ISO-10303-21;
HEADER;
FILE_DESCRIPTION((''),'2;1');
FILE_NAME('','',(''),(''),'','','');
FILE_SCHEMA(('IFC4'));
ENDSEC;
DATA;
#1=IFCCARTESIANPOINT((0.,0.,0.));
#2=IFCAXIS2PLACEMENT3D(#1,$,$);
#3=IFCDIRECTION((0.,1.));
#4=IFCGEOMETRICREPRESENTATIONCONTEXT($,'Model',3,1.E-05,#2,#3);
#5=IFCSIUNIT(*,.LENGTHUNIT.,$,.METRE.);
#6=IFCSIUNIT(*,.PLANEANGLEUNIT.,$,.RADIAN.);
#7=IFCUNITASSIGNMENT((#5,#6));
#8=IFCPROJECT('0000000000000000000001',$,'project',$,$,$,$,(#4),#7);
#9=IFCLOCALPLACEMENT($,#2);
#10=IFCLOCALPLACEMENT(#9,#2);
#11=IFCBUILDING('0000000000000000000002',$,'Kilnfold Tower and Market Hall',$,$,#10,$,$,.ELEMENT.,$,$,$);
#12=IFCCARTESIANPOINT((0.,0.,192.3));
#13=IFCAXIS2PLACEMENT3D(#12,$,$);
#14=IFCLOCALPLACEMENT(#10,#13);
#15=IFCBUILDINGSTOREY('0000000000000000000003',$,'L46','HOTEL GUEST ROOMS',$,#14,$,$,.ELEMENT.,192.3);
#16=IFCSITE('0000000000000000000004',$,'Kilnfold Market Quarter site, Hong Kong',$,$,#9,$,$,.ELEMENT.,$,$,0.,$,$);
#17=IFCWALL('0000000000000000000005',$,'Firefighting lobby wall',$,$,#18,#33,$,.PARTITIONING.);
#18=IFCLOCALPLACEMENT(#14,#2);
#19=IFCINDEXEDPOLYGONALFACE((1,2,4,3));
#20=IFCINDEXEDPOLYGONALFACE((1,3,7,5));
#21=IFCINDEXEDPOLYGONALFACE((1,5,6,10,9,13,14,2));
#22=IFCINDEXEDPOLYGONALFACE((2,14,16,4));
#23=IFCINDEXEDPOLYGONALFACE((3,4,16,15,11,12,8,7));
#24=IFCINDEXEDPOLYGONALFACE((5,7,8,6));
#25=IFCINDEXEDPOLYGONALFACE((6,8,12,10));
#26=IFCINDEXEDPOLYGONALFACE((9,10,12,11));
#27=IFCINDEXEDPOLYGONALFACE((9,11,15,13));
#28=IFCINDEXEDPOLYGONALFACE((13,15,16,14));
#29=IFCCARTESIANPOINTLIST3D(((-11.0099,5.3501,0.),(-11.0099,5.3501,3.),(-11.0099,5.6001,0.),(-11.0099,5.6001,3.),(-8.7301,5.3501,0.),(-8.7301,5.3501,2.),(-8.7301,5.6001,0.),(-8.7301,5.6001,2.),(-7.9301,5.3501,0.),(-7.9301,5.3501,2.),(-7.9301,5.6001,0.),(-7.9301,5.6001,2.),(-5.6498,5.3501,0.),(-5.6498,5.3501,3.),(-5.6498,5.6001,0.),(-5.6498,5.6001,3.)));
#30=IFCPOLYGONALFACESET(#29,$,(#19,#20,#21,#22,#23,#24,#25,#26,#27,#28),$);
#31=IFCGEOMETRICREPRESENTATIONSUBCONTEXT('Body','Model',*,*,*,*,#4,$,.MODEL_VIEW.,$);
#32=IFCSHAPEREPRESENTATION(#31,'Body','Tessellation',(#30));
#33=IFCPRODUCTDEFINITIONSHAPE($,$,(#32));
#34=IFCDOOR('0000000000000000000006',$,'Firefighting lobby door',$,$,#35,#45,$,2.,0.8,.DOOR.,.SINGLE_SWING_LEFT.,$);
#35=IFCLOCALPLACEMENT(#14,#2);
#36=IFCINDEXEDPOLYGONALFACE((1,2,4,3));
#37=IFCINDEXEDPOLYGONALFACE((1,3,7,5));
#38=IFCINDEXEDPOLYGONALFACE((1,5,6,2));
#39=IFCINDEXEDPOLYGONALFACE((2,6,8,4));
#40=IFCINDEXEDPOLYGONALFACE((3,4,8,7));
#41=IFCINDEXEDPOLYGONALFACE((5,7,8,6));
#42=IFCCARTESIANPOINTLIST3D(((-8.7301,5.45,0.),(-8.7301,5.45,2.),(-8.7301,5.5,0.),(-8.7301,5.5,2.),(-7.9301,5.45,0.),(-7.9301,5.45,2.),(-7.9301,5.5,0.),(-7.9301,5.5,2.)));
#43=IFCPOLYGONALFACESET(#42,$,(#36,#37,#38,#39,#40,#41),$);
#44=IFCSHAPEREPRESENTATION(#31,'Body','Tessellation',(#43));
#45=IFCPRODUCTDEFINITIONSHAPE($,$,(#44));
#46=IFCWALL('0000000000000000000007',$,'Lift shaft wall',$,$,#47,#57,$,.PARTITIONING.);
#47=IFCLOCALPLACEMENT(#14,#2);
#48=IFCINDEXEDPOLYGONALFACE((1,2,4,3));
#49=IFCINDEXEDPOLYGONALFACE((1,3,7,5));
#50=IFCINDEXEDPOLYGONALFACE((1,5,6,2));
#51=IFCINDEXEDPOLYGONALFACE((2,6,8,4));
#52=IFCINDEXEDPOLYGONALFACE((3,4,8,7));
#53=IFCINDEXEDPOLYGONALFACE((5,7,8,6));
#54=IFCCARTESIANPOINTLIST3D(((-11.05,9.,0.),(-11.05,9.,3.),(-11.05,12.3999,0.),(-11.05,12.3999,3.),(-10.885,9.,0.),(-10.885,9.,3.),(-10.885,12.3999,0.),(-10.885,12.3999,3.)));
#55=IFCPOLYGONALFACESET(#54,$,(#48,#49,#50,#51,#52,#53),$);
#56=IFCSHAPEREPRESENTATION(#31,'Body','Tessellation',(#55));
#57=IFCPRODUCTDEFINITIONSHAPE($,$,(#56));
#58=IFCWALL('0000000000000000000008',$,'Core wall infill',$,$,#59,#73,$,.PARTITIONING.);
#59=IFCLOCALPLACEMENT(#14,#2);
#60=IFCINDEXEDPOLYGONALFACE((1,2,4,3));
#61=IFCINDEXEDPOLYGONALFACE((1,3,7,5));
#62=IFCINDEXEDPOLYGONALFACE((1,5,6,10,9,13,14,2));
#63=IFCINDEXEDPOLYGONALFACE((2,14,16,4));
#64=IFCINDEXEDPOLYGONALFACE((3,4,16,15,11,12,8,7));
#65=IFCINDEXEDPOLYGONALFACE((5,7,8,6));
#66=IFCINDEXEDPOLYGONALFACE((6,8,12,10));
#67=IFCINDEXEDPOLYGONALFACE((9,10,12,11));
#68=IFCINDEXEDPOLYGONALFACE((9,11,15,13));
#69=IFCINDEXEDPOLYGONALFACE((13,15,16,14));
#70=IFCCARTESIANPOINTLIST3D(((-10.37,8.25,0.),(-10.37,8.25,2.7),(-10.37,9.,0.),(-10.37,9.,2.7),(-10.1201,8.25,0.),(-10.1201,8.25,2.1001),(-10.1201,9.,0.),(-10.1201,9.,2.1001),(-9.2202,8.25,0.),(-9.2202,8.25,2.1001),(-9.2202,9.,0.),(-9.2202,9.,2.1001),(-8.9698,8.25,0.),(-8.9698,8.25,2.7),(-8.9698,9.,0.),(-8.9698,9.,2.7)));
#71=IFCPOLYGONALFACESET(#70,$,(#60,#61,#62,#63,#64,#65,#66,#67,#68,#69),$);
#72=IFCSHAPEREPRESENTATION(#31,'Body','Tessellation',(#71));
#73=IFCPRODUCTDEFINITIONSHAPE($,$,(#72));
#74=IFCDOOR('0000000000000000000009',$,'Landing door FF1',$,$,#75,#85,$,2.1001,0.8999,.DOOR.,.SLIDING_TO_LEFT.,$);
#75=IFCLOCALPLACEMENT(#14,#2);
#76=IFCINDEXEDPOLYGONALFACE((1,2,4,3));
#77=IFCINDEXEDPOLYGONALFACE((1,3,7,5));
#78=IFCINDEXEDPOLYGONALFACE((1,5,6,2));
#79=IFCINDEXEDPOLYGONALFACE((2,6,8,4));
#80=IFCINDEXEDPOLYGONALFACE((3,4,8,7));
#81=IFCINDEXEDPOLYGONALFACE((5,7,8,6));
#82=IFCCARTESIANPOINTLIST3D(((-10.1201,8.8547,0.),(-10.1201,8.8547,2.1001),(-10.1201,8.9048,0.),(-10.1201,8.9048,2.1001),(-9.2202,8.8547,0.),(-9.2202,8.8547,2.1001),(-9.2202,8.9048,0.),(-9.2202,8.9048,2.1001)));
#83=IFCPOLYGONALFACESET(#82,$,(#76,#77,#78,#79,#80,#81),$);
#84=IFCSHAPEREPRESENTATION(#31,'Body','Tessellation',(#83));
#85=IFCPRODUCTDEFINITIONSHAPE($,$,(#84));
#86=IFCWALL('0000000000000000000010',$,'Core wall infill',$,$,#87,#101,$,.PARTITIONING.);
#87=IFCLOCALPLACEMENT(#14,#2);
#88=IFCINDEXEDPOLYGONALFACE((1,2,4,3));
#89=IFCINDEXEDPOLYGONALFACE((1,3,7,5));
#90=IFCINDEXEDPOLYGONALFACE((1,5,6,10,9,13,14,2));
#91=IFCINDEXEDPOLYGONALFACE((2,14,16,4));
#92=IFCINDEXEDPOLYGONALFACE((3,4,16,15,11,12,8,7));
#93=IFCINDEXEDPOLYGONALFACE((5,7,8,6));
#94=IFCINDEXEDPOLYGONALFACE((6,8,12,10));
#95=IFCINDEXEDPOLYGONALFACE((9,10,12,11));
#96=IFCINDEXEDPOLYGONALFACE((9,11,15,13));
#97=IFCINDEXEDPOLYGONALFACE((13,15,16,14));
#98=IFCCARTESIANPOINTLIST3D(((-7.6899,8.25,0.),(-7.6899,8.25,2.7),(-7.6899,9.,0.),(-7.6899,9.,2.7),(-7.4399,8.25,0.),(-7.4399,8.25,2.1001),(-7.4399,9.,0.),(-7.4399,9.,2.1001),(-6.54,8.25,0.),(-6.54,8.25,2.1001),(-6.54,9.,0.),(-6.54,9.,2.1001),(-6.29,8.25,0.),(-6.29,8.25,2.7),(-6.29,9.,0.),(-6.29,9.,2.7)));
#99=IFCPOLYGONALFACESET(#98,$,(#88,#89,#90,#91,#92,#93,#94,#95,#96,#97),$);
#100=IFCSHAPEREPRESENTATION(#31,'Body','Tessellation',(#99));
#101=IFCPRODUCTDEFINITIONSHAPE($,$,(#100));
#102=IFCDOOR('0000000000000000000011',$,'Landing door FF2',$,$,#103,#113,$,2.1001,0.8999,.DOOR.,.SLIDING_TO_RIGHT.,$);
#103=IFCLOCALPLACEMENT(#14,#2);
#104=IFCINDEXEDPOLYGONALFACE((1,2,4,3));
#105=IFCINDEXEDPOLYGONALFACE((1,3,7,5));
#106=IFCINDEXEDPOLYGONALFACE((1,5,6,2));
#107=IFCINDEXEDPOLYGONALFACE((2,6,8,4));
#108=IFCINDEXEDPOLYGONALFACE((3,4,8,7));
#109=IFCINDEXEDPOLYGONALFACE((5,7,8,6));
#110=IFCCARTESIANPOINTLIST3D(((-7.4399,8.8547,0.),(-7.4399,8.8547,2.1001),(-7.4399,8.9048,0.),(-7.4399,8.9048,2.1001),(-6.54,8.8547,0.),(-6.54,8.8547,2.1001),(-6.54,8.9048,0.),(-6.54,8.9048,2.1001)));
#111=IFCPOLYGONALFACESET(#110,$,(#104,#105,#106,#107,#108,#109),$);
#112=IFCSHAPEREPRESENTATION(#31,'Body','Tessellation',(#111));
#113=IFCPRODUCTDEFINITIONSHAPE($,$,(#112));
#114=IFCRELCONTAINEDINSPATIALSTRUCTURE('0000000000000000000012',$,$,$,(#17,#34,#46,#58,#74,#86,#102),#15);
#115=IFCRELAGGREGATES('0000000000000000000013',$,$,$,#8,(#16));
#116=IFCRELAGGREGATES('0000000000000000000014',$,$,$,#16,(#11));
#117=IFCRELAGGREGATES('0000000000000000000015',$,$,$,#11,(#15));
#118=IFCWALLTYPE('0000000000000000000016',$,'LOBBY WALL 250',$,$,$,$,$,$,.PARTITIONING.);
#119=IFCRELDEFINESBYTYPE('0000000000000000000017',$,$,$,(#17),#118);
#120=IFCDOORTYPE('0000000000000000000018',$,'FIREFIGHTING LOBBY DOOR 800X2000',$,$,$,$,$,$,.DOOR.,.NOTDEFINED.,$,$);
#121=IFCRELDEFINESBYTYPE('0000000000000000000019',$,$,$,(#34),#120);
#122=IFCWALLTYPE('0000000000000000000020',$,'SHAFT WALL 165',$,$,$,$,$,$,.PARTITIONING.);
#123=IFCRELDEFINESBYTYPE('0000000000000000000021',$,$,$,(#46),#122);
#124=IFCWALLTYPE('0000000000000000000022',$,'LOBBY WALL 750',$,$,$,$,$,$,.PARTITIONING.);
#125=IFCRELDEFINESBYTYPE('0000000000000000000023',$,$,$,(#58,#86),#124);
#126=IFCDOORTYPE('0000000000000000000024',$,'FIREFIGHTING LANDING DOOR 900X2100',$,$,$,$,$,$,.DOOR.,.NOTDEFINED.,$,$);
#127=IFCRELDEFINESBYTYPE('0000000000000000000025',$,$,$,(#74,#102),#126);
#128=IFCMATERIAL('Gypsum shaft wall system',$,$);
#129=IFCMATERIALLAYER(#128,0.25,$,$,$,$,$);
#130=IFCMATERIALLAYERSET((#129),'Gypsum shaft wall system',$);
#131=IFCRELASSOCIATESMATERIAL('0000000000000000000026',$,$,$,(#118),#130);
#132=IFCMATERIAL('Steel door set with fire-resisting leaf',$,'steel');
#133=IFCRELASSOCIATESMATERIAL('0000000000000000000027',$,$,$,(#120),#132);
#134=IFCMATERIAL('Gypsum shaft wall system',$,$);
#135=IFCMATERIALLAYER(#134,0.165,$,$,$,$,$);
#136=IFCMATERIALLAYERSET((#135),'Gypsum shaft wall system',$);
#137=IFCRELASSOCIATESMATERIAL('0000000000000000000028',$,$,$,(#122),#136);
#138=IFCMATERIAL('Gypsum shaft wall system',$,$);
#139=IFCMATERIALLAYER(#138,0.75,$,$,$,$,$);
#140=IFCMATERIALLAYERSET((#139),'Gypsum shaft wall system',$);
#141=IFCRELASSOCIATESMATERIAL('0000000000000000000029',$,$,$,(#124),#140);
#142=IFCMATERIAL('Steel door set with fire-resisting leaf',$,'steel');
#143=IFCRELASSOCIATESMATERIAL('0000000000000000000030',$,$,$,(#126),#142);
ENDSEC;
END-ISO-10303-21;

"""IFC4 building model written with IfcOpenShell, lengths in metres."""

from ifc_helpers import new_model, si_unit, direction, frame, frame_2d, origin, place, context, subcontext, project, spatial, rectangle, extrude, source, transform, mapped, material, layer, layer_set, type_object, element, fill, save


model = new_model("IFC4")

# Units and contexts
model_context = context("Model", 3, precision=1e-05, world=origin(), true_north=direction((0.0, 1.0)))
body_context = subcontext(model_context, "Body", "Model", "MODEL_VIEW")
ifc_project = project(units=[si_unit("LENGTHUNIT", "METRE"), si_unit("PLANEANGLEUNIT", "RADIAN")], contexts=[model_context])

# Site, building, storey
site_placement = place(None, origin())
site = spatial("IfcSite", under=ifc_project, at=site_placement, Name="Kilnfold Market Quarter site, Hong Kong", CompositionType="ELEMENT", RefElevation=0.0)
building_placement = place(site_placement, origin())
building = spatial("IfcBuilding", under=site, at=building_placement, Name="Kilnfold Tower and Market Hall", CompositionType="ELEMENT")
storey_placement = place(building_placement, frame((0.0, 0.0, 192.3)))
storey = spatial("IfcBuildingStorey", under=building, at=storey_placement, Name="L46", Description="HOTEL GUEST ROOMS", CompositionType="ELEMENT", Elevation=192.3)

# Shared definitions
ifc_material_1 = material(Name="Gypsum shaft wall system")
ifc_layer_1 = layer(ifc_material_1, 0.25)
ifc_layer_set_1 = layer_set([ifc_layer_1], Name="Gypsum shaft wall system")
wall_type_1 = type_object("IfcWallType", Name="LOBBY WALL 250", PredefinedType="PARTITIONING", material=ifc_layer_set_1)

# Wall, opening, door
shared_shape_1 = source(origin(), body_context, "Body", "SweptSolid", [
    extrude(rectangle(XDim=5.3601, YDim=0.25, at=frame_2d((2.6802, 0.0))), origin(), (0.0, 0.0, 1.0), 3.0),
])
wall_1_placement = place(storey_placement, frame((-11.01, 5.4751, 0.0), z_axis=(0.0, 0.0, 1.0), x_axis=(1.0, 0.0, 0.0)))
wall_1 = element("IfcWall", 1, at=wall_1_placement, inside=storey, type_object=wall_type_1, Name="Firefighting lobby wall", PredefinedType="PARTITIONING", context=body_context, shape_type="MappedRepresentation", body=[
    mapped(shared_shape_1, transform((0.0, 0.0, 0.0))),
])
opening_1_placement = place(wall_1_placement, frame((2.28, 0.0, 0.0)))
opening_1 = element("IfcOpeningElement", 2, at=opening_1_placement, cuts=wall_1, PredefinedType="OPENING", context=body_context, shape_type="SweptSolid", body=[
    extrude(rectangle(XDim=0.8, YDim=2.0, at=frame_2d((0.3999, 1.0))), frame((0.0, 0.135, 0.0), z_axis=(0.0, -1.0, 0.0), x_axis=(1.0, 0.0, 0.0)), (0.0, 0.0, 1.0), 0.27),
])
ifc_material_2 = material(Name="Steel door set with fire-resisting leaf", Category="steel")
door_type_1 = type_object("IfcDoorType", Name="FIREFIGHTING LOBBY DOOR 800X2000", OperationType="NOTDEFINED", PredefinedType="DOOR", material=ifc_material_2)
door_1_placement = place(opening_1_placement, origin())
door_1 = element("IfcDoor", 3, at=door_1_placement, inside=storey, type_object=door_type_1, Name="Firefighting lobby door", OperationType="SINGLE_SWING_LEFT", OverallHeight=2.0, OverallWidth=0.8, PredefinedType="DOOR", context=body_context, shape_type="SweptSolid", body=[
    extrude(rectangle(XDim=0.8, YDim=2.0, at=frame_2d((0.3999, 1.0))), frame((0.0, 0.0249, 0.0), z_axis=(0.0, -1.0, 0.0), x_axis=(1.0, 0.0, 0.0)), (0.0, 0.0, 1.0), 0.05),
])
fill(opening_1, door_1)

# Wall
ifc_material_3 = material(Name="Gypsum shaft wall system")
ifc_layer_2 = layer(ifc_material_3, 0.165)
ifc_layer_set_2 = layer_set([ifc_layer_2], Name="Gypsum shaft wall system")
wall_type_2 = type_object("IfcWallType", Name="SHAFT WALL 165", PredefinedType="PARTITIONING", material=ifc_layer_set_2)
shared_shape_2 = source(origin(), body_context, "Body", "SweptSolid", [
    extrude(rectangle(XDim=3.3999, YDim=0.165, at=frame_2d((1.7, 0.0))), origin(), (0.0, 0.0, 1.0), 3.0),
])
wall_2_placement = place(storey_placement, frame((-10.9675, 9.0, 0.0), z_axis=(0.0, 0.0, 1.0), x_axis=(0.0, 1.0, 0.0)))
element("IfcWall", 4, at=wall_2_placement, inside=storey, type_object=wall_type_2, Name="Lift shaft wall", PredefinedType="PARTITIONING", context=body_context, shape_type="MappedRepresentation", body=[
    mapped(shared_shape_2, transform((0.0, 0.0, 0.0))),
])

# Walls, openings, doors
ifc_material_4 = material(Name="Gypsum shaft wall system")
ifc_layer_3 = layer(ifc_material_4, 0.75)
ifc_layer_set_3 = layer_set([ifc_layer_3], Name="Gypsum shaft wall system")
wall_type_3 = type_object("IfcWallType", Name="LOBBY WALL 750", PredefinedType="PARTITIONING", material=ifc_layer_set_3)
shared_shape_3 = source(origin(), body_context, "Body", "SweptSolid", [
    extrude(rectangle(XDim=1.4001, YDim=0.75, at=frame_2d((0.7002, 0.0))), origin(), (0.0, 0.0, 1.0), 2.7),
])
wall_3_placement = place(storey_placement, frame((-10.3701, 8.625, 0.0), z_axis=(0.0, 0.0, 1.0), x_axis=(1.0, 0.0, 0.0)))
wall_3 = element("IfcWall", 5, at=wall_3_placement, inside=storey, type_object=wall_type_3, Name="Core wall infill", PredefinedType="PARTITIONING", context=body_context, shape_type="MappedRepresentation", body=[
    mapped(shared_shape_3, transform((0.0, 0.0, 0.0))),
])
opening_2_placement = place(wall_3_placement, frame((0.25, 0.0, 0.0)))
opening_2 = element("IfcOpeningElement", 6, at=opening_2_placement, cuts=wall_3, PredefinedType="OPENING", context=body_context, shape_type="SweptSolid", body=[
    extrude(rectangle(XDim=0.8999, YDim=2.1001, at=frame_2d((0.45, 1.05))), frame((0.0, 0.385, 0.0), z_axis=(0.0, -1.0, 0.0), x_axis=(1.0, 0.0, 0.0)), (0.0, 0.0, 1.0), 0.77),
])
ifc_material_5 = material(Name="Steel door set with fire-resisting leaf", Category="steel")
door_type_2 = type_object("IfcDoorType", Name="FIREFIGHTING LANDING DOOR 900X2100", OperationType="NOTDEFINED", PredefinedType="DOOR", material=ifc_material_5)
door_2_placement = place(opening_2_placement, origin())
door_2 = element("IfcDoor", 7, at=door_2_placement, inside=storey, type_object=door_type_2, Name="Landing door FF1", OperationType="SLIDING_TO_LEFT", OverallHeight=2.1001, OverallWidth=0.8999, PredefinedType="DOOR", context=body_context, shape_type="SweptSolid", body=[
    extrude(rectangle(XDim=0.8999, YDim=2.1001, at=frame_2d((0.45, 1.05))), frame((0.0, 0.2798, 0.0), z_axis=(0.0, -1.0, 0.0), x_axis=(1.0, 0.0, 0.0)), (0.0, 0.0, 1.0), 0.05),
])
fill(opening_2, door_2)
shared_shape_4 = source(origin(), body_context, "Body", "SweptSolid", [
    extrude(rectangle(XDim=1.3999, YDim=0.75, at=frame_2d((0.7, 0.0))), origin(), (0.0, 0.0, 1.0), 2.7),
])
wall_4_placement = place(storey_placement, frame((-7.6899, 8.625, 0.0), z_axis=(0.0, 0.0, 1.0), x_axis=(1.0, 0.0, 0.0)))
wall_4 = element("IfcWall", 8, at=wall_4_placement, inside=storey, type_object=wall_type_3, Name="Core wall infill", PredefinedType="PARTITIONING", context=body_context, shape_type="MappedRepresentation", body=[
    mapped(shared_shape_4, transform((0.0, 0.0, 0.0))),
])
opening_3_placement = place(wall_4_placement, frame((0.25, 0.0, 0.0)))
opening_3 = element("IfcOpeningElement", 9, at=opening_3_placement, cuts=wall_4, PredefinedType="OPENING", context=body_context, shape_type="SweptSolid", body=[
    extrude(rectangle(XDim=0.8999, YDim=2.1001, at=frame_2d((0.45, 1.05))), frame((0.0, 0.385, 0.0), z_axis=(0.0, -1.0, 0.0), x_axis=(1.0, 0.0, 0.0)), (0.0, 0.0, 1.0), 0.77),
])
door_3_placement = place(opening_3_placement, origin())
door_3 = element("IfcDoor", 10, at=door_3_placement, inside=storey, type_object=door_type_2, Name="Landing door FF2", OperationType="SLIDING_TO_RIGHT", OverallHeight=2.1001, OverallWidth=0.8999, PredefinedType="DOOR", context=body_context, shape_type="SweptSolid", body=[
    extrude(rectangle(XDim=0.8999, YDim=2.1001, at=frame_2d((0.45, 1.05))), frame((0.0, 0.2798, 0.0), z_axis=(0.0, -1.0, 0.0), x_axis=(1.0, 0.0, 0.0)), (0.0, 0.0, 1.0), 0.05),
])
fill(opening_3, door_3)

save(model, "model.ifc")
